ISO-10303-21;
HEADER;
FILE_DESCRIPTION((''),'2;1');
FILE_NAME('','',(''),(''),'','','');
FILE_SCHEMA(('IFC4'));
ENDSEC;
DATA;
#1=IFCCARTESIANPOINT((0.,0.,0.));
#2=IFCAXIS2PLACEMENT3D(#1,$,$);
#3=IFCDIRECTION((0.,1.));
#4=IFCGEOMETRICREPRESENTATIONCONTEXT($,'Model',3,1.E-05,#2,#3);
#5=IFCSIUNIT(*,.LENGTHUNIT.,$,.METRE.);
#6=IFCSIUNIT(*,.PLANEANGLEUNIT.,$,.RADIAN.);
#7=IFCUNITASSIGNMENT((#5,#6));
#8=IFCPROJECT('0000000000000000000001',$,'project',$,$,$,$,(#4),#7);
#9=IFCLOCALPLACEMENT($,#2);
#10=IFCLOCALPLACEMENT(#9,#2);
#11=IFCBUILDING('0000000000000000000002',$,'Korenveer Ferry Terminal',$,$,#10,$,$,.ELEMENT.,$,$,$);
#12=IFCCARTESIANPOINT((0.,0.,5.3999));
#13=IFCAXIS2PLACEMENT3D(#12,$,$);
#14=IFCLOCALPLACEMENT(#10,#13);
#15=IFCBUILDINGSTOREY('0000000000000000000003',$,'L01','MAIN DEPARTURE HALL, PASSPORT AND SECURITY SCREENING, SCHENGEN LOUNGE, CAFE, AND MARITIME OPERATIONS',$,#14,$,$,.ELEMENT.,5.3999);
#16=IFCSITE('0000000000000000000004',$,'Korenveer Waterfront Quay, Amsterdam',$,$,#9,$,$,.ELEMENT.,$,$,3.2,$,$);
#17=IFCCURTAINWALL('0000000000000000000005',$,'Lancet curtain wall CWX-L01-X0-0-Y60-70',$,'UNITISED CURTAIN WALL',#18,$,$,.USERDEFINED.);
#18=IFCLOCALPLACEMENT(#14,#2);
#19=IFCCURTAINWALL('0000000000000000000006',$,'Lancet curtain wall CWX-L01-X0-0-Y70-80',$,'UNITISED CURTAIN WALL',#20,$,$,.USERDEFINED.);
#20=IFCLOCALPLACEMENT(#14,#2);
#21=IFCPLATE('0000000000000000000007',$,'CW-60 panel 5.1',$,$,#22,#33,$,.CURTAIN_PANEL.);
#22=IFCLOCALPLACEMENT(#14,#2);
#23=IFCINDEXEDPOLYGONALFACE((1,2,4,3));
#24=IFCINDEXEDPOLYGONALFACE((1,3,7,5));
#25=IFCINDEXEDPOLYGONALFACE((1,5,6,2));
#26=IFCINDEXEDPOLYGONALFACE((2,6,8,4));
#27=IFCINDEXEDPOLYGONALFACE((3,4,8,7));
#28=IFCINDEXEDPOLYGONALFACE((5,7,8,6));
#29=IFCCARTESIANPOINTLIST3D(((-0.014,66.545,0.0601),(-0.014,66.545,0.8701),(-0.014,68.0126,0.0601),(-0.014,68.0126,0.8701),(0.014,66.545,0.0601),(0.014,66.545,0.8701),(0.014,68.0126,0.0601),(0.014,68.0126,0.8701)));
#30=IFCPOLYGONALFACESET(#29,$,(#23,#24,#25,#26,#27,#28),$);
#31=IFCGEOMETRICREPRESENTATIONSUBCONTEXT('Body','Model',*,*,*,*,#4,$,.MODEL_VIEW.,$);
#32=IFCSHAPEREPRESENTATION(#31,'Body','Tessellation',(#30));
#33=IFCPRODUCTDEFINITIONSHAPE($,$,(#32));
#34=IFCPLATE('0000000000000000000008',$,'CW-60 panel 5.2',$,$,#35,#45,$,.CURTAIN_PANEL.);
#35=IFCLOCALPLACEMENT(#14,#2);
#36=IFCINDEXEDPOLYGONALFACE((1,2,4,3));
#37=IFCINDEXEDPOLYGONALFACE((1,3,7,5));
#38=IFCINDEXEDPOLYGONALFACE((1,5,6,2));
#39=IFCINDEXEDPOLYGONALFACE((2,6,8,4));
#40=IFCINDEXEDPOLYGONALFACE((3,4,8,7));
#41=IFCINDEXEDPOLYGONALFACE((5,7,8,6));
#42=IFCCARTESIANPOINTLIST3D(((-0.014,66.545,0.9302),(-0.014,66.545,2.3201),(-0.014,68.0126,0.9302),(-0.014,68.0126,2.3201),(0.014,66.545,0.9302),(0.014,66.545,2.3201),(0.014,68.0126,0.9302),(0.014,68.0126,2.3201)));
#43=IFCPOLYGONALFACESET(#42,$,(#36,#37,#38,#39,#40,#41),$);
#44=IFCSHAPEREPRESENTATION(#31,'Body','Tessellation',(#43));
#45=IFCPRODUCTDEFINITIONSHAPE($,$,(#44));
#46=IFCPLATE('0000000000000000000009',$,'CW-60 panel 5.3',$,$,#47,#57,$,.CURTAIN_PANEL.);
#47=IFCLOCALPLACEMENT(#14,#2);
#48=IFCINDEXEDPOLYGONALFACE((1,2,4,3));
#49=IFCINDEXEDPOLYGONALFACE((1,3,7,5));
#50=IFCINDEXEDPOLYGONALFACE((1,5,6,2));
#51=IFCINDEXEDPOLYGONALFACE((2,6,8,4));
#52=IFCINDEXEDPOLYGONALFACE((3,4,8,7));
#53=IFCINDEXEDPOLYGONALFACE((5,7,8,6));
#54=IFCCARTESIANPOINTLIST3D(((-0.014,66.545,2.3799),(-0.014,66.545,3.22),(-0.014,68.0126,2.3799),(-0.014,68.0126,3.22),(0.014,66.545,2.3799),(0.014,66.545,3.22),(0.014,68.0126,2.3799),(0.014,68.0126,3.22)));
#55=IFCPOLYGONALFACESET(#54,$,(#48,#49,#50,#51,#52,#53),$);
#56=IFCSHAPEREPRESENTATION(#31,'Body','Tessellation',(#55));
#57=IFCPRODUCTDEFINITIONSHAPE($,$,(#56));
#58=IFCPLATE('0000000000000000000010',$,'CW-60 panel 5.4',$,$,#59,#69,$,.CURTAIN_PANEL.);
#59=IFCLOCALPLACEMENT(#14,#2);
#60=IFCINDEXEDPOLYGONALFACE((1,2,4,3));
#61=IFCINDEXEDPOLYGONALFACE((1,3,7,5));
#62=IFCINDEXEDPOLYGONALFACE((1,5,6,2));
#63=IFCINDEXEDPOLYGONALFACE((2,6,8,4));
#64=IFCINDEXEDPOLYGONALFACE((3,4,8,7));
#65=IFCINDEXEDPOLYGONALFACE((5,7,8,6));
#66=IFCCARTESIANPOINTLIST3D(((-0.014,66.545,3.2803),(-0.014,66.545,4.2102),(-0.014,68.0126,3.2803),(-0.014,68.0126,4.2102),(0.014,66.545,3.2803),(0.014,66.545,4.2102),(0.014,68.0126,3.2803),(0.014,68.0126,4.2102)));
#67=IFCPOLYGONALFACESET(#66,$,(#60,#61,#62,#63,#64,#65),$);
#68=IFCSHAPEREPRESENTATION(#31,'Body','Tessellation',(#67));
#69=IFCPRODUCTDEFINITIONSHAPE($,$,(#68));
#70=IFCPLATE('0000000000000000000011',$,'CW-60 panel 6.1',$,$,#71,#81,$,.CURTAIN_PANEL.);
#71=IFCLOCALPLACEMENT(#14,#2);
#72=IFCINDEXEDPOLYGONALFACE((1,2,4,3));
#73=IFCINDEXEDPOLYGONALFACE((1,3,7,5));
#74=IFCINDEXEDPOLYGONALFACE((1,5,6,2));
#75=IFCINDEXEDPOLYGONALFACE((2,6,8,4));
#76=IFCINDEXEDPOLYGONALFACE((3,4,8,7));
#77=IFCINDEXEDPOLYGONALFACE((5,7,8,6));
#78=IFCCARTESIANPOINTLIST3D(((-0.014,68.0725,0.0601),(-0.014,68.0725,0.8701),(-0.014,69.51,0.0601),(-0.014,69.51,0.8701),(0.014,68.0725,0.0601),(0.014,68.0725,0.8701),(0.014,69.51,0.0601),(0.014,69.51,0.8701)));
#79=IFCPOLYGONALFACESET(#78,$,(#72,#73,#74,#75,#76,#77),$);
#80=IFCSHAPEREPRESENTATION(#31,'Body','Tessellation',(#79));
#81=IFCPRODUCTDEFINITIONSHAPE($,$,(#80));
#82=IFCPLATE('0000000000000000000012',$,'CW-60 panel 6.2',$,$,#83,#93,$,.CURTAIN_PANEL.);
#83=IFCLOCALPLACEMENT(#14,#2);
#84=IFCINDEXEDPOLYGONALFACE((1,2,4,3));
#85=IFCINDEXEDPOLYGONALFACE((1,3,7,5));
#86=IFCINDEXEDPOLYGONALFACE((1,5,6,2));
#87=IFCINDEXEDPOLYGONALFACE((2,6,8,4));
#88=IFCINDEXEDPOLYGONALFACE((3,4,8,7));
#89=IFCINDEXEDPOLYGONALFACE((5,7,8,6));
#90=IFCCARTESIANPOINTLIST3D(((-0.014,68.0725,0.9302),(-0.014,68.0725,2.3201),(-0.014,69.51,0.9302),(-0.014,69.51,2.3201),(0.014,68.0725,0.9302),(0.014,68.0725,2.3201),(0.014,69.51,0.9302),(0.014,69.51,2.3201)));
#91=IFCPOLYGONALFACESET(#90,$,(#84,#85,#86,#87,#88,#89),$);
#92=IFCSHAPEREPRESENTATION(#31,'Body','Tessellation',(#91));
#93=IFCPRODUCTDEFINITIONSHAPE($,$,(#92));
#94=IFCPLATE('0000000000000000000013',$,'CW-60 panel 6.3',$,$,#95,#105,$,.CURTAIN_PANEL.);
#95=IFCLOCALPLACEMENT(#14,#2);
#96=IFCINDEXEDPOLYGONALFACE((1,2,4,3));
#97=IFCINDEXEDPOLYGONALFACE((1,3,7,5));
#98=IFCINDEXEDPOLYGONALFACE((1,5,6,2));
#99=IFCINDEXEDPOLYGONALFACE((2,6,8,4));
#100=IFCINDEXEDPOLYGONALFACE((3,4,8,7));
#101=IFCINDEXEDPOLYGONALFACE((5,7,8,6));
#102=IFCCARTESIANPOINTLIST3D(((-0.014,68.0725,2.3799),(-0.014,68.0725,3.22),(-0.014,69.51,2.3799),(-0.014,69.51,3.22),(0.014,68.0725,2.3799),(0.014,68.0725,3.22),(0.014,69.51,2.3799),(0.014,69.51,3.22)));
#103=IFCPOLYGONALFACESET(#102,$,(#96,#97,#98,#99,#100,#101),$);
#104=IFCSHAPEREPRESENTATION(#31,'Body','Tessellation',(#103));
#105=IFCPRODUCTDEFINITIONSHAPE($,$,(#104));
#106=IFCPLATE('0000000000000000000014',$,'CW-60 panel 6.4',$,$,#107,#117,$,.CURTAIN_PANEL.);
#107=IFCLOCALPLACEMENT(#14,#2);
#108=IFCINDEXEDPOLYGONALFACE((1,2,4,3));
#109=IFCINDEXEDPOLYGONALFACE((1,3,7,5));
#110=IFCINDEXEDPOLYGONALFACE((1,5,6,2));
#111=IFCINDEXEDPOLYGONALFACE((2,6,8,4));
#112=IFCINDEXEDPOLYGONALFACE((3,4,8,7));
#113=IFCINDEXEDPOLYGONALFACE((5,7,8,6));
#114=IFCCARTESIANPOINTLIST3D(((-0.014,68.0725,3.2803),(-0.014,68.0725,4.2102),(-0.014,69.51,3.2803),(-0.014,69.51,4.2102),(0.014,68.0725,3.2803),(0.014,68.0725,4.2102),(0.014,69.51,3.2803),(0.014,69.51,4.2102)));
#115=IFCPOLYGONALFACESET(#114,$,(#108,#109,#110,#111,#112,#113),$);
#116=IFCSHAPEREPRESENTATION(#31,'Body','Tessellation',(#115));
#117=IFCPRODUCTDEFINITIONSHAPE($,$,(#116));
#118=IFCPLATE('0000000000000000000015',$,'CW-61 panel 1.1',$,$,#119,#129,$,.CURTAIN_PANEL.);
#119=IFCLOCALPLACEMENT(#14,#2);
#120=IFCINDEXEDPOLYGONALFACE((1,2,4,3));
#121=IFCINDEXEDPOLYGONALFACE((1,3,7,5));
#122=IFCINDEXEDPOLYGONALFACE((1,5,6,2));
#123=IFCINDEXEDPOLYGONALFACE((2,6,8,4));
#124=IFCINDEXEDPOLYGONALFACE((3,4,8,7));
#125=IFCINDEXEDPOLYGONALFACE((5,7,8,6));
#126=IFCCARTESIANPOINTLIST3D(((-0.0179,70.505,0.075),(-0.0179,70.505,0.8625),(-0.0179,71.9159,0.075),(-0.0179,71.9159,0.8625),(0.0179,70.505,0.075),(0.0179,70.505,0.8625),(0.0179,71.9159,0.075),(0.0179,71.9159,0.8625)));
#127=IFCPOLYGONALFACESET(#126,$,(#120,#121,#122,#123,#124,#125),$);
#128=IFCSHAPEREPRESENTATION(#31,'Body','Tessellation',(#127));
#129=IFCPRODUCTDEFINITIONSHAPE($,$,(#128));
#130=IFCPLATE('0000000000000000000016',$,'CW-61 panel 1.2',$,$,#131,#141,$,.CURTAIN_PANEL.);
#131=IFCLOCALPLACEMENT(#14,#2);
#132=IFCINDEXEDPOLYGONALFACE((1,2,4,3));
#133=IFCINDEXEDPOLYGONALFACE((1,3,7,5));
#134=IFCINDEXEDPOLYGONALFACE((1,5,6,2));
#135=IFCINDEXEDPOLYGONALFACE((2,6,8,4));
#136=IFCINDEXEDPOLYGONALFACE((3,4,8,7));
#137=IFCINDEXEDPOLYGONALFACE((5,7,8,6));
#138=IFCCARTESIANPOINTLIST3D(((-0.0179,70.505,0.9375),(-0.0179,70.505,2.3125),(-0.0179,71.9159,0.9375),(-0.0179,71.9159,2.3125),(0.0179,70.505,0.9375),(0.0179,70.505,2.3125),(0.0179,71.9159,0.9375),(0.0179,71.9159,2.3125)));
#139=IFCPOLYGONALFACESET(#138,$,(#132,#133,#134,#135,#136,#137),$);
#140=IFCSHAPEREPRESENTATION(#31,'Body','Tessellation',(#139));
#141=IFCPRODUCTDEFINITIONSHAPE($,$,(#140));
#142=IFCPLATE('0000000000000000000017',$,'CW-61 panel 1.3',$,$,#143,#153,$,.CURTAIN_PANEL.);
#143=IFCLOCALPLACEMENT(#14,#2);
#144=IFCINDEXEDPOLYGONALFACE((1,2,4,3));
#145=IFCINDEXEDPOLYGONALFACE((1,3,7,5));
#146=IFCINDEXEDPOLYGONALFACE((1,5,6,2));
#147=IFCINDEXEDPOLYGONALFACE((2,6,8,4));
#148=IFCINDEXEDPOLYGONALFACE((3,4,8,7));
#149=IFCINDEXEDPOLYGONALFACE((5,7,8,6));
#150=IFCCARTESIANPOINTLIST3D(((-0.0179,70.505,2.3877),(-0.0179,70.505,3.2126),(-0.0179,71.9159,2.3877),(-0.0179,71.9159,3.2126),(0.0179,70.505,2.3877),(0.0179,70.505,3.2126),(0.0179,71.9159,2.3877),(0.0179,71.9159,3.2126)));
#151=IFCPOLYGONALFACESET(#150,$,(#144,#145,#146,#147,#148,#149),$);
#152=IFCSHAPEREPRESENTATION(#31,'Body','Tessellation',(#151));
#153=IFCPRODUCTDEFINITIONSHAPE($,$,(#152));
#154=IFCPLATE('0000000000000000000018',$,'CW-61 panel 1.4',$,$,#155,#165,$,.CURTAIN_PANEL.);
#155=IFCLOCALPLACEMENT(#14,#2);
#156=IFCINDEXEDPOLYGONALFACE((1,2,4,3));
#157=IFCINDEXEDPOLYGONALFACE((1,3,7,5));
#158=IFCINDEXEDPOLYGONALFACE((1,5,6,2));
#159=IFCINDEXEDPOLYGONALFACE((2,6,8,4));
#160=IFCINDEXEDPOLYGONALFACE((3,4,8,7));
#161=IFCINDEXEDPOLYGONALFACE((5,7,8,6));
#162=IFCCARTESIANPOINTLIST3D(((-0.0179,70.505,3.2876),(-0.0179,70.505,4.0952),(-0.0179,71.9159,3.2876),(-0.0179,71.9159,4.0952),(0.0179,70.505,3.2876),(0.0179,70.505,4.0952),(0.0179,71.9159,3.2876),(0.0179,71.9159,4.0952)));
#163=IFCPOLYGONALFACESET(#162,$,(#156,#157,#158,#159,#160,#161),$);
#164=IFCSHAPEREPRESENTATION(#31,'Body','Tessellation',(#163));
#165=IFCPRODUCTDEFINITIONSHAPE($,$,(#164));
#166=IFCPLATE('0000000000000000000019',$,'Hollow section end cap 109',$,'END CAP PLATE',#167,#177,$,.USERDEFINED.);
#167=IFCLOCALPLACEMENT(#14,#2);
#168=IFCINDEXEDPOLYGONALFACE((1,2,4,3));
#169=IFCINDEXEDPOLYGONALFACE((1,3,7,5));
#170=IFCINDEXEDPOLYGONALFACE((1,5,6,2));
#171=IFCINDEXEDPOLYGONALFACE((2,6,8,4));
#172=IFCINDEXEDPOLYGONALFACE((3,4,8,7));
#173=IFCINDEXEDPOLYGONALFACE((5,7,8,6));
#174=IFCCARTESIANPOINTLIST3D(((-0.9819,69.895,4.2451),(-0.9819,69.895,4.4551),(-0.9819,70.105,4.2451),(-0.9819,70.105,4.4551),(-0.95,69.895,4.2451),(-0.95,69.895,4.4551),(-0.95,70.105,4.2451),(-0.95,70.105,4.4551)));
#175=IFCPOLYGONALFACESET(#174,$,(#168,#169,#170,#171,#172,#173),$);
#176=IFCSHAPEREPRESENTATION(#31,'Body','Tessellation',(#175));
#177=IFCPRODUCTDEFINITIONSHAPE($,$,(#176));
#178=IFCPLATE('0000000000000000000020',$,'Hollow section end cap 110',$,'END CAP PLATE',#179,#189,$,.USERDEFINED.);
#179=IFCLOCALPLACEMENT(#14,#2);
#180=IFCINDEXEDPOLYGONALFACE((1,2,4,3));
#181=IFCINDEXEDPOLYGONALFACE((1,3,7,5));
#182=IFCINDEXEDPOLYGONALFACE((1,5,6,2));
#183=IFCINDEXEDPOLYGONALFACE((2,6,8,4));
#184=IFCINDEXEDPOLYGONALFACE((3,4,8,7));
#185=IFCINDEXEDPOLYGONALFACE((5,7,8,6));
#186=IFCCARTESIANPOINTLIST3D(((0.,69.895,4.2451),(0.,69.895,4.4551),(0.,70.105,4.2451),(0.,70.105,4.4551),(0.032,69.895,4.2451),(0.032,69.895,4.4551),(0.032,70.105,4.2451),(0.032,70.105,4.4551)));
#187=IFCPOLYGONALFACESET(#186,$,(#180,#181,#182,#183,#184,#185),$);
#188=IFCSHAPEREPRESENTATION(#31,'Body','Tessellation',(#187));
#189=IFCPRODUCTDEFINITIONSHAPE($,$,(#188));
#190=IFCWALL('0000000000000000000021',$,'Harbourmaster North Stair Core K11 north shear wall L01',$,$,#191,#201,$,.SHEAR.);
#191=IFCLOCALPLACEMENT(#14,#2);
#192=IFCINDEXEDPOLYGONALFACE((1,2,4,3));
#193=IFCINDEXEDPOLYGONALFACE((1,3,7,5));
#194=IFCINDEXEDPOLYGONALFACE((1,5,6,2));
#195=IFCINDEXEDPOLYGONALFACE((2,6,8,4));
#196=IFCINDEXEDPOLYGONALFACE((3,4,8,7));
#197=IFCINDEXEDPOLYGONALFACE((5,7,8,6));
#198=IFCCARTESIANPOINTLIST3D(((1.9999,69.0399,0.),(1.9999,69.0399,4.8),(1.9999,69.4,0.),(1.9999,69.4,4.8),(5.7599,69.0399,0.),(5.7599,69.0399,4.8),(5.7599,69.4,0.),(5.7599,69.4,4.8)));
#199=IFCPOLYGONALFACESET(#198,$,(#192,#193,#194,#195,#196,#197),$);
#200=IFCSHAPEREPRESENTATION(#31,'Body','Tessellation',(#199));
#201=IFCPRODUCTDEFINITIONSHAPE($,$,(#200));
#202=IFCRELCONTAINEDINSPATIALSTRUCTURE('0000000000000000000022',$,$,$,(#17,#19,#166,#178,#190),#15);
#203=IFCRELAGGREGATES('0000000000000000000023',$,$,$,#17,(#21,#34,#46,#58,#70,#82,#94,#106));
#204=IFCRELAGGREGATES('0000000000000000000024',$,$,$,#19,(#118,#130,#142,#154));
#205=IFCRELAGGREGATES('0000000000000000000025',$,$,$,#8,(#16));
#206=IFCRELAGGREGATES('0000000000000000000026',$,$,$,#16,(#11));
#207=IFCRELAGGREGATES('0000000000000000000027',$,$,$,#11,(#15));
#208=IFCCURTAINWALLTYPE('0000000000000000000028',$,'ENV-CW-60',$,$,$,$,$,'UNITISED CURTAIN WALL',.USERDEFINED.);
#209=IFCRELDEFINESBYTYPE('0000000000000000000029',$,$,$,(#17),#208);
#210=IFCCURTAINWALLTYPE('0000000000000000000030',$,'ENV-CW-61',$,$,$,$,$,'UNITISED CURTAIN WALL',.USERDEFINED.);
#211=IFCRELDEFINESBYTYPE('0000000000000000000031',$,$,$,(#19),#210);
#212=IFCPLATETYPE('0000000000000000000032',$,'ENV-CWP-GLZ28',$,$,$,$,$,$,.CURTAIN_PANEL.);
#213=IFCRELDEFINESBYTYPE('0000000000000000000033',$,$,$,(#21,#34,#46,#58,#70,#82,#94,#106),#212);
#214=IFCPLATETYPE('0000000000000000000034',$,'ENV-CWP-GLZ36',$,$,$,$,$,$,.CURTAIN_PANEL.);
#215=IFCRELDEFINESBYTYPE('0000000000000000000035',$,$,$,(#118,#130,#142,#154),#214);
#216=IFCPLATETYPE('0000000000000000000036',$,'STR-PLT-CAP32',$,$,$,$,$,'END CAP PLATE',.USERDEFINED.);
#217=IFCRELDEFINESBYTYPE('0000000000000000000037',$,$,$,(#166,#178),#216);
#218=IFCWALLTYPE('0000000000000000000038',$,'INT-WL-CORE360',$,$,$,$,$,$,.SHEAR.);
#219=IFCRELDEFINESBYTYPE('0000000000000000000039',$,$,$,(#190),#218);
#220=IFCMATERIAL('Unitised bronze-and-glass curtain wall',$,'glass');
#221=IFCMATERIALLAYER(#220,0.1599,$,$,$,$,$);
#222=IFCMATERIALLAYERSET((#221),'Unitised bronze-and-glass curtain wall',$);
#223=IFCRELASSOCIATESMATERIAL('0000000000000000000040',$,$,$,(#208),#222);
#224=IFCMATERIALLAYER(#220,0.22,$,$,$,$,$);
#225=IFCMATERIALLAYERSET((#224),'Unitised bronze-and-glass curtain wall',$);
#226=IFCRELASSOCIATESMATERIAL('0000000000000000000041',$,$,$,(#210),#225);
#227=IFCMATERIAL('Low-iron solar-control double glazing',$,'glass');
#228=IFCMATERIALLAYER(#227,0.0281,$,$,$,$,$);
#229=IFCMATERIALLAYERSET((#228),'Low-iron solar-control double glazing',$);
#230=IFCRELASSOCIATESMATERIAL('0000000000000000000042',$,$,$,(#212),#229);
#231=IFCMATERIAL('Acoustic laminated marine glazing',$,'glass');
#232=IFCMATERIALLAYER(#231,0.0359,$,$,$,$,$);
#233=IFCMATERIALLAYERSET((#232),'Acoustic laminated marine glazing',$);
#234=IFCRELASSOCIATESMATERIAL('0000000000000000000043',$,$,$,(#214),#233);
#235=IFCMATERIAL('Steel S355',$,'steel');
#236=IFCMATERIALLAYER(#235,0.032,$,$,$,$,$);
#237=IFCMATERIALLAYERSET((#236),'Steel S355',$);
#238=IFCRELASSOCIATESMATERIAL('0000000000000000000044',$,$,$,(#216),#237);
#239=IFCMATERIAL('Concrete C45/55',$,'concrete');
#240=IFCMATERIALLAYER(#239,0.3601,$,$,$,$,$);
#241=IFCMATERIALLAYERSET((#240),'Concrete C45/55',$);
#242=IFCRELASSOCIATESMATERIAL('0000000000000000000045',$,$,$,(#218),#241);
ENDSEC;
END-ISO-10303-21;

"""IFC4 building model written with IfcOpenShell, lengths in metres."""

from ifc_helpers import new_model, si_unit, direction, frame, frame_2d, origin, origin_2d, place, context, subcontext, project, spatial, rectangle, extrude, material, layer, layer_set, type_object, element, aggregate, save


model = new_model("IFC4")

# Units and contexts
model_context = context("Model", 3, precision=1e-05, world=origin(), true_north=direction((0.0, 1.0)))
body_context = subcontext(model_context, "Body", "Model", "MODEL_VIEW")
ifc_project = project(units=[si_unit("LENGTHUNIT", "METRE"), si_unit("PLANEANGLEUNIT", "RADIAN")], contexts=[model_context])

# Site, building, storey
site_placement = place(None, origin())
site = spatial("IfcSite", under=ifc_project, at=site_placement, Name="Korenveer Waterfront Quay, Amsterdam", CompositionType="ELEMENT", RefElevation=3.2)
building_placement = place(site_placement, origin())
building = spatial("IfcBuilding", under=site, at=building_placement, Name="Korenveer Ferry Terminal", CompositionType="ELEMENT")
storey_placement = place(building_placement, frame((0.0, 0.0, 5.3999)))
storey = spatial("IfcBuildingStorey", under=building, at=storey_placement, Name="L01", Description="MAIN DEPARTURE HALL, PASSPORT AND SECURITY SCREENING, SCHENGEN LOUNGE, CAFE, AND MARITIME OPERATIONS", CompositionType="ELEMENT", Elevation=5.3999)

# Shared definitions
ifc_material_1 = material(Name="Concrete C45/55", Category="concrete")
ifc_material_2 = material(Name="Steel S355", Category="steel")

# Curtain walls
ifc_material_3 = material(Name="Unitised bronze-and-glass curtain wall", Category="glass")
ifc_layer_1 = layer(ifc_material_3, 0.1599)
ifc_layer_set_1 = layer_set([ifc_layer_1], Name="Unitised bronze-and-glass curtain wall")
curtain_wall_type_1 = type_object("IfcCurtainWallType", Name="ENV-CW-60", ElementType="UNITISED CURTAIN WALL", PredefinedType="USERDEFINED", material=ifc_layer_set_1)
curtain_wall_1_placement = place(storey_placement, frame((0.0, 60.405, 0.0)))
curtain_wall_1 = element("IfcCurtainWall", 1, at=curtain_wall_1_placement, inside=storey, type_object=curtain_wall_type_1, Name="Lancet curtain wall CWX-L01-X0-0-Y60-70", ObjectType="UNITISED CURTAIN WALL", PredefinedType="USERDEFINED")
ifc_layer_2 = layer(ifc_material_3, 0.22)
ifc_layer_set_2 = layer_set([ifc_layer_2], Name="Unitised bronze-and-glass curtain wall")
curtain_wall_type_2 = type_object("IfcCurtainWallType", Name="ENV-CW-61", ElementType="UNITISED CURTAIN WALL", PredefinedType="USERDEFINED", material=ifc_layer_set_2)
curtain_wall_2_placement = place(storey_placement, frame((0.0, 70.4299, 0.0)))
curtain_wall_2 = element("IfcCurtainWall", 2, at=curtain_wall_2_placement, inside=storey, type_object=curtain_wall_type_2, Name="Lancet curtain wall CWX-L01-X0-0-Y70-80", ObjectType="UNITISED CURTAIN WALL", PredefinedType="USERDEFINED")

# Plates
ifc_material_4 = material(Name="Low-iron solar-control double glazing", Category="glass")
ifc_layer_3 = layer(ifc_material_4, 0.0281)
ifc_layer_set_3 = layer_set([ifc_layer_3], Name="Low-iron solar-control double glazing")
plate_type_1 = type_object("IfcPlateType", Name="ENV-CWP-GLZ28", PredefinedType="CURTAIN_PANEL", material=ifc_layer_set_3)
plate_1_placement = place(storey_placement, frame((0.0, 67.2788, 0.0601), z_axis=(0.0, 0.0, 1.0), x_axis=(0.0, 1.0, 0.0)))
plate_1 = element("IfcPlate", 3, at=plate_1_placement, type_object=plate_type_1, Name="CW-60 panel 5.1", PredefinedType="CURTAIN_PANEL", context=body_context, shape_type="SweptSolid", body=[
    extrude(rectangle(XDim=1.4675, YDim=0.0281, at=origin_2d()), origin(), (0.0, 0.0, 1.0), 0.8101),
])
plate_2_placement = place(storey_placement, frame((0.0, 67.2788, 0.9302), z_axis=(0.0, 0.0, 1.0), x_axis=(0.0, 1.0, 0.0)))
plate_2 = element("IfcPlate", 4, at=plate_2_placement, type_object=plate_type_1, Name="CW-60 panel 5.2", PredefinedType="CURTAIN_PANEL", context=body_context, shape_type="SweptSolid", body=[
    extrude(rectangle(XDim=1.4675, YDim=0.0281, at=origin_2d()), origin(), (0.0, 0.0, 1.0), 1.3899),
])
plate_3_placement = place(storey_placement, frame((0.0, 67.2788, 2.3799), z_axis=(0.0, 0.0, 1.0), x_axis=(0.0, 1.0, 0.0)))
plate_3 = element("IfcPlate", 5, at=plate_3_placement, type_object=plate_type_1, Name="CW-60 panel 5.3", PredefinedType="CURTAIN_PANEL", context=body_context, shape_type="SweptSolid", body=[
    extrude(rectangle(XDim=1.4675, YDim=0.0281, at=origin_2d()), origin(), (0.0, 0.0, 1.0), 0.8401),
])
plate_4_placement = place(storey_placement, frame((0.0, 67.2788, 3.2803), z_axis=(0.0, 0.0, 1.0), x_axis=(0.0, 1.0, 0.0)))
plate_4 = element("IfcPlate", 6, at=plate_4_placement, type_object=plate_type_1, Name="CW-60 panel 5.4", PredefinedType="CURTAIN_PANEL", context=body_context, shape_type="SweptSolid", body=[
    extrude(rectangle(XDim=1.4675, YDim=0.0281, at=origin_2d()), origin(), (0.0, 0.0, 1.0), 0.9299),
])
plate_5_placement = place(storey_placement, frame((0.0, 68.7913, 0.0601), z_axis=(0.0, 0.0, 1.0), x_axis=(0.0, 1.0, 0.0)))
plate_5 = element("IfcPlate", 7, at=plate_5_placement, type_object=plate_type_1, Name="CW-60 panel 6.1", PredefinedType="CURTAIN_PANEL", context=body_context, shape_type="SweptSolid", body=[
    extrude(rectangle(XDim=1.4375, YDim=0.0281, at=origin_2d()), origin(), (0.0, 0.0, 1.0), 0.8101),
])
plate_6_placement = place(storey_placement, frame((0.0, 68.7913, 0.9302), z_axis=(0.0, 0.0, 1.0), x_axis=(0.0, 1.0, 0.0)))
plate_6 = element("IfcPlate", 8, at=plate_6_placement, type_object=plate_type_1, Name="CW-60 panel 6.2", PredefinedType="CURTAIN_PANEL", context=body_context, shape_type="SweptSolid", body=[
    extrude(rectangle(XDim=1.4375, YDim=0.0281, at=origin_2d()), origin(), (0.0, 0.0, 1.0), 1.3899),
])
plate_7_placement = place(storey_placement, frame((0.0, 68.7913, 2.3799), z_axis=(0.0, 0.0, 1.0), x_axis=(0.0, 1.0, 0.0)))
plate_7 = element("IfcPlate", 9, at=plate_7_placement, type_object=plate_type_1, Name="CW-60 panel 6.3", PredefinedType="CURTAIN_PANEL", context=body_context, shape_type="SweptSolid", body=[
    extrude(rectangle(XDim=1.4375, YDim=0.0281, at=origin_2d()), origin(), (0.0, 0.0, 1.0), 0.8401),
])
plate_8_placement = place(storey_placement, frame((0.0, 68.7913, 3.2803), z_axis=(0.0, 0.0, 1.0), x_axis=(0.0, 1.0, 0.0)))
plate_8 = element("IfcPlate", 10, at=plate_8_placement, type_object=plate_type_1, Name="CW-60 panel 6.4", PredefinedType="CURTAIN_PANEL", context=body_context, shape_type="SweptSolid", body=[
    extrude(rectangle(XDim=1.4375, YDim=0.0281, at=origin_2d()), origin(), (0.0, 0.0, 1.0), 0.9299),
])
aggregate(curtain_wall_1, [plate_1, plate_2, plate_3, plate_4, plate_5, plate_6, plate_7, plate_8])
ifc_material_5 = material(Name="Acoustic laminated marine glazing", Category="glass")
ifc_layer_4 = layer(ifc_material_5, 0.0359)
ifc_layer_set_4 = layer_set([ifc_layer_4], Name="Acoustic laminated marine glazing")
plate_type_2 = type_object("IfcPlateType", Name="ENV-CWP-GLZ36", PredefinedType="CURTAIN_PANEL", material=ifc_layer_set_4)
plate_9_placement = place(storey_placement, frame((0.0, 71.2104, 0.075), z_axis=(0.0, 0.0, 1.0), x_axis=(0.0, 1.0, 0.0)))
plate_9 = element("IfcPlate", 11, at=plate_9_placement, type_object=plate_type_2, Name="CW-61 panel 1.1", PredefinedType="CURTAIN_PANEL", context=body_context, shape_type="SweptSolid", body=[
    extrude(rectangle(XDim=1.4109, YDim=0.0359, at=origin_2d()), origin(), (0.0, 0.0, 1.0), 0.7876),
])
plate_10_placement = place(storey_placement, frame((0.0, 71.2104, 0.9375), z_axis=(0.0, 0.0, 1.0), x_axis=(0.0, 1.0, 0.0)))
plate_10 = element("IfcPlate", 12, at=plate_10_placement, type_object=plate_type_2, Name="CW-61 panel 1.2", PredefinedType="CURTAIN_PANEL", context=body_context, shape_type="SweptSolid", body=[
    extrude(rectangle(XDim=1.4109, YDim=0.0359, at=origin_2d()), origin(), (0.0, 0.0, 1.0), 1.375),
])
plate_11_placement = place(storey_placement, frame((0.0, 71.2104, 2.3877), z_axis=(0.0, 0.0, 1.0), x_axis=(0.0, 1.0, 0.0)))
plate_11 = element("IfcPlate", 13, at=plate_11_placement, type_object=plate_type_2, Name="CW-61 panel 1.3", PredefinedType="CURTAIN_PANEL", context=body_context, shape_type="SweptSolid", body=[
    extrude(rectangle(XDim=1.4109, YDim=0.0359, at=origin_2d()), origin(), (0.0, 0.0, 1.0), 0.825),
])
plate_12_placement = place(storey_placement, frame((0.0, 71.2104, 3.2876), z_axis=(0.0, 0.0, 1.0), x_axis=(0.0, 1.0, 0.0)))
plate_12 = element("IfcPlate", 14, at=plate_12_placement, type_object=plate_type_2, Name="CW-61 panel 1.4", PredefinedType="CURTAIN_PANEL", context=body_context, shape_type="SweptSolid", body=[
    extrude(rectangle(XDim=1.4109, YDim=0.0359, at=origin_2d()), origin(), (0.0, 0.0, 1.0), 0.8076),
])
aggregate(curtain_wall_2, [plate_9, plate_10, plate_11, plate_12])

# Plates
ifc_layer_5 = layer(ifc_material_2, 0.032)
ifc_layer_set_5 = layer_set([ifc_layer_5], Name="Steel S355")
plate_type_3 = type_object("IfcPlateType", Name="STR-PLT-CAP32", ElementType="END CAP PLATE", PredefinedType="USERDEFINED", material=ifc_layer_set_5)
for number, where, z_axis, x_axis, name in (
    (15, (-0.9819, 70.0, 4.3501), (1.0, 0.0, 0.0), (0.0, 1.0, 0.0), "Hollow section end cap 109"),
    (16, (0.0, 70.0, 4.3501), (1.0, 0.0, 0.0), (0.0, 1.0, 0.0), "Hollow section end cap 110"),
):
    element("IfcPlate", number, at=place(storey_placement, frame(where, z_axis=z_axis, x_axis=x_axis)), inside=storey, type_object=plate_type_3, Name=name, ObjectType="END CAP PLATE", PredefinedType="USERDEFINED", context=body_context, shape_type="SweptSolid", body=[
        extrude(rectangle(XDim=0.21, YDim=0.21, at=origin_2d()), origin(), (0.0, 0.0, 1.0), 0.032),
    ])

# Wall
ifc_layer_6 = layer(ifc_material_1, 0.3601)
ifc_layer_set_6 = layer_set([ifc_layer_6], Name="Concrete C45/55")
wall_type = type_object("IfcWallType", Name="INT-WL-CORE360", PredefinedType="SHEAR", material=ifc_layer_set_6)
wall_placement = place(storey_placement, frame((2.0, 69.22, 0.0), z_axis=(0.0, 0.0, 1.0), x_axis=(1.0, 0.0, 0.0)))
element("IfcWall", 17, at=wall_placement, inside=storey, type_object=wall_type, Name="Harbourmaster North Stair Core K11 north shear wall L01", PredefinedType="SHEAR", context=body_context, shape_type="SweptSolid", body=[
    extrude(rectangle(XDim=3.76, YDim=0.3601, at=frame_2d((1.8799, 0.0))), origin(), (0.0, 0.0, 1.0), 4.8),
])

save(model, "model.ifc")
